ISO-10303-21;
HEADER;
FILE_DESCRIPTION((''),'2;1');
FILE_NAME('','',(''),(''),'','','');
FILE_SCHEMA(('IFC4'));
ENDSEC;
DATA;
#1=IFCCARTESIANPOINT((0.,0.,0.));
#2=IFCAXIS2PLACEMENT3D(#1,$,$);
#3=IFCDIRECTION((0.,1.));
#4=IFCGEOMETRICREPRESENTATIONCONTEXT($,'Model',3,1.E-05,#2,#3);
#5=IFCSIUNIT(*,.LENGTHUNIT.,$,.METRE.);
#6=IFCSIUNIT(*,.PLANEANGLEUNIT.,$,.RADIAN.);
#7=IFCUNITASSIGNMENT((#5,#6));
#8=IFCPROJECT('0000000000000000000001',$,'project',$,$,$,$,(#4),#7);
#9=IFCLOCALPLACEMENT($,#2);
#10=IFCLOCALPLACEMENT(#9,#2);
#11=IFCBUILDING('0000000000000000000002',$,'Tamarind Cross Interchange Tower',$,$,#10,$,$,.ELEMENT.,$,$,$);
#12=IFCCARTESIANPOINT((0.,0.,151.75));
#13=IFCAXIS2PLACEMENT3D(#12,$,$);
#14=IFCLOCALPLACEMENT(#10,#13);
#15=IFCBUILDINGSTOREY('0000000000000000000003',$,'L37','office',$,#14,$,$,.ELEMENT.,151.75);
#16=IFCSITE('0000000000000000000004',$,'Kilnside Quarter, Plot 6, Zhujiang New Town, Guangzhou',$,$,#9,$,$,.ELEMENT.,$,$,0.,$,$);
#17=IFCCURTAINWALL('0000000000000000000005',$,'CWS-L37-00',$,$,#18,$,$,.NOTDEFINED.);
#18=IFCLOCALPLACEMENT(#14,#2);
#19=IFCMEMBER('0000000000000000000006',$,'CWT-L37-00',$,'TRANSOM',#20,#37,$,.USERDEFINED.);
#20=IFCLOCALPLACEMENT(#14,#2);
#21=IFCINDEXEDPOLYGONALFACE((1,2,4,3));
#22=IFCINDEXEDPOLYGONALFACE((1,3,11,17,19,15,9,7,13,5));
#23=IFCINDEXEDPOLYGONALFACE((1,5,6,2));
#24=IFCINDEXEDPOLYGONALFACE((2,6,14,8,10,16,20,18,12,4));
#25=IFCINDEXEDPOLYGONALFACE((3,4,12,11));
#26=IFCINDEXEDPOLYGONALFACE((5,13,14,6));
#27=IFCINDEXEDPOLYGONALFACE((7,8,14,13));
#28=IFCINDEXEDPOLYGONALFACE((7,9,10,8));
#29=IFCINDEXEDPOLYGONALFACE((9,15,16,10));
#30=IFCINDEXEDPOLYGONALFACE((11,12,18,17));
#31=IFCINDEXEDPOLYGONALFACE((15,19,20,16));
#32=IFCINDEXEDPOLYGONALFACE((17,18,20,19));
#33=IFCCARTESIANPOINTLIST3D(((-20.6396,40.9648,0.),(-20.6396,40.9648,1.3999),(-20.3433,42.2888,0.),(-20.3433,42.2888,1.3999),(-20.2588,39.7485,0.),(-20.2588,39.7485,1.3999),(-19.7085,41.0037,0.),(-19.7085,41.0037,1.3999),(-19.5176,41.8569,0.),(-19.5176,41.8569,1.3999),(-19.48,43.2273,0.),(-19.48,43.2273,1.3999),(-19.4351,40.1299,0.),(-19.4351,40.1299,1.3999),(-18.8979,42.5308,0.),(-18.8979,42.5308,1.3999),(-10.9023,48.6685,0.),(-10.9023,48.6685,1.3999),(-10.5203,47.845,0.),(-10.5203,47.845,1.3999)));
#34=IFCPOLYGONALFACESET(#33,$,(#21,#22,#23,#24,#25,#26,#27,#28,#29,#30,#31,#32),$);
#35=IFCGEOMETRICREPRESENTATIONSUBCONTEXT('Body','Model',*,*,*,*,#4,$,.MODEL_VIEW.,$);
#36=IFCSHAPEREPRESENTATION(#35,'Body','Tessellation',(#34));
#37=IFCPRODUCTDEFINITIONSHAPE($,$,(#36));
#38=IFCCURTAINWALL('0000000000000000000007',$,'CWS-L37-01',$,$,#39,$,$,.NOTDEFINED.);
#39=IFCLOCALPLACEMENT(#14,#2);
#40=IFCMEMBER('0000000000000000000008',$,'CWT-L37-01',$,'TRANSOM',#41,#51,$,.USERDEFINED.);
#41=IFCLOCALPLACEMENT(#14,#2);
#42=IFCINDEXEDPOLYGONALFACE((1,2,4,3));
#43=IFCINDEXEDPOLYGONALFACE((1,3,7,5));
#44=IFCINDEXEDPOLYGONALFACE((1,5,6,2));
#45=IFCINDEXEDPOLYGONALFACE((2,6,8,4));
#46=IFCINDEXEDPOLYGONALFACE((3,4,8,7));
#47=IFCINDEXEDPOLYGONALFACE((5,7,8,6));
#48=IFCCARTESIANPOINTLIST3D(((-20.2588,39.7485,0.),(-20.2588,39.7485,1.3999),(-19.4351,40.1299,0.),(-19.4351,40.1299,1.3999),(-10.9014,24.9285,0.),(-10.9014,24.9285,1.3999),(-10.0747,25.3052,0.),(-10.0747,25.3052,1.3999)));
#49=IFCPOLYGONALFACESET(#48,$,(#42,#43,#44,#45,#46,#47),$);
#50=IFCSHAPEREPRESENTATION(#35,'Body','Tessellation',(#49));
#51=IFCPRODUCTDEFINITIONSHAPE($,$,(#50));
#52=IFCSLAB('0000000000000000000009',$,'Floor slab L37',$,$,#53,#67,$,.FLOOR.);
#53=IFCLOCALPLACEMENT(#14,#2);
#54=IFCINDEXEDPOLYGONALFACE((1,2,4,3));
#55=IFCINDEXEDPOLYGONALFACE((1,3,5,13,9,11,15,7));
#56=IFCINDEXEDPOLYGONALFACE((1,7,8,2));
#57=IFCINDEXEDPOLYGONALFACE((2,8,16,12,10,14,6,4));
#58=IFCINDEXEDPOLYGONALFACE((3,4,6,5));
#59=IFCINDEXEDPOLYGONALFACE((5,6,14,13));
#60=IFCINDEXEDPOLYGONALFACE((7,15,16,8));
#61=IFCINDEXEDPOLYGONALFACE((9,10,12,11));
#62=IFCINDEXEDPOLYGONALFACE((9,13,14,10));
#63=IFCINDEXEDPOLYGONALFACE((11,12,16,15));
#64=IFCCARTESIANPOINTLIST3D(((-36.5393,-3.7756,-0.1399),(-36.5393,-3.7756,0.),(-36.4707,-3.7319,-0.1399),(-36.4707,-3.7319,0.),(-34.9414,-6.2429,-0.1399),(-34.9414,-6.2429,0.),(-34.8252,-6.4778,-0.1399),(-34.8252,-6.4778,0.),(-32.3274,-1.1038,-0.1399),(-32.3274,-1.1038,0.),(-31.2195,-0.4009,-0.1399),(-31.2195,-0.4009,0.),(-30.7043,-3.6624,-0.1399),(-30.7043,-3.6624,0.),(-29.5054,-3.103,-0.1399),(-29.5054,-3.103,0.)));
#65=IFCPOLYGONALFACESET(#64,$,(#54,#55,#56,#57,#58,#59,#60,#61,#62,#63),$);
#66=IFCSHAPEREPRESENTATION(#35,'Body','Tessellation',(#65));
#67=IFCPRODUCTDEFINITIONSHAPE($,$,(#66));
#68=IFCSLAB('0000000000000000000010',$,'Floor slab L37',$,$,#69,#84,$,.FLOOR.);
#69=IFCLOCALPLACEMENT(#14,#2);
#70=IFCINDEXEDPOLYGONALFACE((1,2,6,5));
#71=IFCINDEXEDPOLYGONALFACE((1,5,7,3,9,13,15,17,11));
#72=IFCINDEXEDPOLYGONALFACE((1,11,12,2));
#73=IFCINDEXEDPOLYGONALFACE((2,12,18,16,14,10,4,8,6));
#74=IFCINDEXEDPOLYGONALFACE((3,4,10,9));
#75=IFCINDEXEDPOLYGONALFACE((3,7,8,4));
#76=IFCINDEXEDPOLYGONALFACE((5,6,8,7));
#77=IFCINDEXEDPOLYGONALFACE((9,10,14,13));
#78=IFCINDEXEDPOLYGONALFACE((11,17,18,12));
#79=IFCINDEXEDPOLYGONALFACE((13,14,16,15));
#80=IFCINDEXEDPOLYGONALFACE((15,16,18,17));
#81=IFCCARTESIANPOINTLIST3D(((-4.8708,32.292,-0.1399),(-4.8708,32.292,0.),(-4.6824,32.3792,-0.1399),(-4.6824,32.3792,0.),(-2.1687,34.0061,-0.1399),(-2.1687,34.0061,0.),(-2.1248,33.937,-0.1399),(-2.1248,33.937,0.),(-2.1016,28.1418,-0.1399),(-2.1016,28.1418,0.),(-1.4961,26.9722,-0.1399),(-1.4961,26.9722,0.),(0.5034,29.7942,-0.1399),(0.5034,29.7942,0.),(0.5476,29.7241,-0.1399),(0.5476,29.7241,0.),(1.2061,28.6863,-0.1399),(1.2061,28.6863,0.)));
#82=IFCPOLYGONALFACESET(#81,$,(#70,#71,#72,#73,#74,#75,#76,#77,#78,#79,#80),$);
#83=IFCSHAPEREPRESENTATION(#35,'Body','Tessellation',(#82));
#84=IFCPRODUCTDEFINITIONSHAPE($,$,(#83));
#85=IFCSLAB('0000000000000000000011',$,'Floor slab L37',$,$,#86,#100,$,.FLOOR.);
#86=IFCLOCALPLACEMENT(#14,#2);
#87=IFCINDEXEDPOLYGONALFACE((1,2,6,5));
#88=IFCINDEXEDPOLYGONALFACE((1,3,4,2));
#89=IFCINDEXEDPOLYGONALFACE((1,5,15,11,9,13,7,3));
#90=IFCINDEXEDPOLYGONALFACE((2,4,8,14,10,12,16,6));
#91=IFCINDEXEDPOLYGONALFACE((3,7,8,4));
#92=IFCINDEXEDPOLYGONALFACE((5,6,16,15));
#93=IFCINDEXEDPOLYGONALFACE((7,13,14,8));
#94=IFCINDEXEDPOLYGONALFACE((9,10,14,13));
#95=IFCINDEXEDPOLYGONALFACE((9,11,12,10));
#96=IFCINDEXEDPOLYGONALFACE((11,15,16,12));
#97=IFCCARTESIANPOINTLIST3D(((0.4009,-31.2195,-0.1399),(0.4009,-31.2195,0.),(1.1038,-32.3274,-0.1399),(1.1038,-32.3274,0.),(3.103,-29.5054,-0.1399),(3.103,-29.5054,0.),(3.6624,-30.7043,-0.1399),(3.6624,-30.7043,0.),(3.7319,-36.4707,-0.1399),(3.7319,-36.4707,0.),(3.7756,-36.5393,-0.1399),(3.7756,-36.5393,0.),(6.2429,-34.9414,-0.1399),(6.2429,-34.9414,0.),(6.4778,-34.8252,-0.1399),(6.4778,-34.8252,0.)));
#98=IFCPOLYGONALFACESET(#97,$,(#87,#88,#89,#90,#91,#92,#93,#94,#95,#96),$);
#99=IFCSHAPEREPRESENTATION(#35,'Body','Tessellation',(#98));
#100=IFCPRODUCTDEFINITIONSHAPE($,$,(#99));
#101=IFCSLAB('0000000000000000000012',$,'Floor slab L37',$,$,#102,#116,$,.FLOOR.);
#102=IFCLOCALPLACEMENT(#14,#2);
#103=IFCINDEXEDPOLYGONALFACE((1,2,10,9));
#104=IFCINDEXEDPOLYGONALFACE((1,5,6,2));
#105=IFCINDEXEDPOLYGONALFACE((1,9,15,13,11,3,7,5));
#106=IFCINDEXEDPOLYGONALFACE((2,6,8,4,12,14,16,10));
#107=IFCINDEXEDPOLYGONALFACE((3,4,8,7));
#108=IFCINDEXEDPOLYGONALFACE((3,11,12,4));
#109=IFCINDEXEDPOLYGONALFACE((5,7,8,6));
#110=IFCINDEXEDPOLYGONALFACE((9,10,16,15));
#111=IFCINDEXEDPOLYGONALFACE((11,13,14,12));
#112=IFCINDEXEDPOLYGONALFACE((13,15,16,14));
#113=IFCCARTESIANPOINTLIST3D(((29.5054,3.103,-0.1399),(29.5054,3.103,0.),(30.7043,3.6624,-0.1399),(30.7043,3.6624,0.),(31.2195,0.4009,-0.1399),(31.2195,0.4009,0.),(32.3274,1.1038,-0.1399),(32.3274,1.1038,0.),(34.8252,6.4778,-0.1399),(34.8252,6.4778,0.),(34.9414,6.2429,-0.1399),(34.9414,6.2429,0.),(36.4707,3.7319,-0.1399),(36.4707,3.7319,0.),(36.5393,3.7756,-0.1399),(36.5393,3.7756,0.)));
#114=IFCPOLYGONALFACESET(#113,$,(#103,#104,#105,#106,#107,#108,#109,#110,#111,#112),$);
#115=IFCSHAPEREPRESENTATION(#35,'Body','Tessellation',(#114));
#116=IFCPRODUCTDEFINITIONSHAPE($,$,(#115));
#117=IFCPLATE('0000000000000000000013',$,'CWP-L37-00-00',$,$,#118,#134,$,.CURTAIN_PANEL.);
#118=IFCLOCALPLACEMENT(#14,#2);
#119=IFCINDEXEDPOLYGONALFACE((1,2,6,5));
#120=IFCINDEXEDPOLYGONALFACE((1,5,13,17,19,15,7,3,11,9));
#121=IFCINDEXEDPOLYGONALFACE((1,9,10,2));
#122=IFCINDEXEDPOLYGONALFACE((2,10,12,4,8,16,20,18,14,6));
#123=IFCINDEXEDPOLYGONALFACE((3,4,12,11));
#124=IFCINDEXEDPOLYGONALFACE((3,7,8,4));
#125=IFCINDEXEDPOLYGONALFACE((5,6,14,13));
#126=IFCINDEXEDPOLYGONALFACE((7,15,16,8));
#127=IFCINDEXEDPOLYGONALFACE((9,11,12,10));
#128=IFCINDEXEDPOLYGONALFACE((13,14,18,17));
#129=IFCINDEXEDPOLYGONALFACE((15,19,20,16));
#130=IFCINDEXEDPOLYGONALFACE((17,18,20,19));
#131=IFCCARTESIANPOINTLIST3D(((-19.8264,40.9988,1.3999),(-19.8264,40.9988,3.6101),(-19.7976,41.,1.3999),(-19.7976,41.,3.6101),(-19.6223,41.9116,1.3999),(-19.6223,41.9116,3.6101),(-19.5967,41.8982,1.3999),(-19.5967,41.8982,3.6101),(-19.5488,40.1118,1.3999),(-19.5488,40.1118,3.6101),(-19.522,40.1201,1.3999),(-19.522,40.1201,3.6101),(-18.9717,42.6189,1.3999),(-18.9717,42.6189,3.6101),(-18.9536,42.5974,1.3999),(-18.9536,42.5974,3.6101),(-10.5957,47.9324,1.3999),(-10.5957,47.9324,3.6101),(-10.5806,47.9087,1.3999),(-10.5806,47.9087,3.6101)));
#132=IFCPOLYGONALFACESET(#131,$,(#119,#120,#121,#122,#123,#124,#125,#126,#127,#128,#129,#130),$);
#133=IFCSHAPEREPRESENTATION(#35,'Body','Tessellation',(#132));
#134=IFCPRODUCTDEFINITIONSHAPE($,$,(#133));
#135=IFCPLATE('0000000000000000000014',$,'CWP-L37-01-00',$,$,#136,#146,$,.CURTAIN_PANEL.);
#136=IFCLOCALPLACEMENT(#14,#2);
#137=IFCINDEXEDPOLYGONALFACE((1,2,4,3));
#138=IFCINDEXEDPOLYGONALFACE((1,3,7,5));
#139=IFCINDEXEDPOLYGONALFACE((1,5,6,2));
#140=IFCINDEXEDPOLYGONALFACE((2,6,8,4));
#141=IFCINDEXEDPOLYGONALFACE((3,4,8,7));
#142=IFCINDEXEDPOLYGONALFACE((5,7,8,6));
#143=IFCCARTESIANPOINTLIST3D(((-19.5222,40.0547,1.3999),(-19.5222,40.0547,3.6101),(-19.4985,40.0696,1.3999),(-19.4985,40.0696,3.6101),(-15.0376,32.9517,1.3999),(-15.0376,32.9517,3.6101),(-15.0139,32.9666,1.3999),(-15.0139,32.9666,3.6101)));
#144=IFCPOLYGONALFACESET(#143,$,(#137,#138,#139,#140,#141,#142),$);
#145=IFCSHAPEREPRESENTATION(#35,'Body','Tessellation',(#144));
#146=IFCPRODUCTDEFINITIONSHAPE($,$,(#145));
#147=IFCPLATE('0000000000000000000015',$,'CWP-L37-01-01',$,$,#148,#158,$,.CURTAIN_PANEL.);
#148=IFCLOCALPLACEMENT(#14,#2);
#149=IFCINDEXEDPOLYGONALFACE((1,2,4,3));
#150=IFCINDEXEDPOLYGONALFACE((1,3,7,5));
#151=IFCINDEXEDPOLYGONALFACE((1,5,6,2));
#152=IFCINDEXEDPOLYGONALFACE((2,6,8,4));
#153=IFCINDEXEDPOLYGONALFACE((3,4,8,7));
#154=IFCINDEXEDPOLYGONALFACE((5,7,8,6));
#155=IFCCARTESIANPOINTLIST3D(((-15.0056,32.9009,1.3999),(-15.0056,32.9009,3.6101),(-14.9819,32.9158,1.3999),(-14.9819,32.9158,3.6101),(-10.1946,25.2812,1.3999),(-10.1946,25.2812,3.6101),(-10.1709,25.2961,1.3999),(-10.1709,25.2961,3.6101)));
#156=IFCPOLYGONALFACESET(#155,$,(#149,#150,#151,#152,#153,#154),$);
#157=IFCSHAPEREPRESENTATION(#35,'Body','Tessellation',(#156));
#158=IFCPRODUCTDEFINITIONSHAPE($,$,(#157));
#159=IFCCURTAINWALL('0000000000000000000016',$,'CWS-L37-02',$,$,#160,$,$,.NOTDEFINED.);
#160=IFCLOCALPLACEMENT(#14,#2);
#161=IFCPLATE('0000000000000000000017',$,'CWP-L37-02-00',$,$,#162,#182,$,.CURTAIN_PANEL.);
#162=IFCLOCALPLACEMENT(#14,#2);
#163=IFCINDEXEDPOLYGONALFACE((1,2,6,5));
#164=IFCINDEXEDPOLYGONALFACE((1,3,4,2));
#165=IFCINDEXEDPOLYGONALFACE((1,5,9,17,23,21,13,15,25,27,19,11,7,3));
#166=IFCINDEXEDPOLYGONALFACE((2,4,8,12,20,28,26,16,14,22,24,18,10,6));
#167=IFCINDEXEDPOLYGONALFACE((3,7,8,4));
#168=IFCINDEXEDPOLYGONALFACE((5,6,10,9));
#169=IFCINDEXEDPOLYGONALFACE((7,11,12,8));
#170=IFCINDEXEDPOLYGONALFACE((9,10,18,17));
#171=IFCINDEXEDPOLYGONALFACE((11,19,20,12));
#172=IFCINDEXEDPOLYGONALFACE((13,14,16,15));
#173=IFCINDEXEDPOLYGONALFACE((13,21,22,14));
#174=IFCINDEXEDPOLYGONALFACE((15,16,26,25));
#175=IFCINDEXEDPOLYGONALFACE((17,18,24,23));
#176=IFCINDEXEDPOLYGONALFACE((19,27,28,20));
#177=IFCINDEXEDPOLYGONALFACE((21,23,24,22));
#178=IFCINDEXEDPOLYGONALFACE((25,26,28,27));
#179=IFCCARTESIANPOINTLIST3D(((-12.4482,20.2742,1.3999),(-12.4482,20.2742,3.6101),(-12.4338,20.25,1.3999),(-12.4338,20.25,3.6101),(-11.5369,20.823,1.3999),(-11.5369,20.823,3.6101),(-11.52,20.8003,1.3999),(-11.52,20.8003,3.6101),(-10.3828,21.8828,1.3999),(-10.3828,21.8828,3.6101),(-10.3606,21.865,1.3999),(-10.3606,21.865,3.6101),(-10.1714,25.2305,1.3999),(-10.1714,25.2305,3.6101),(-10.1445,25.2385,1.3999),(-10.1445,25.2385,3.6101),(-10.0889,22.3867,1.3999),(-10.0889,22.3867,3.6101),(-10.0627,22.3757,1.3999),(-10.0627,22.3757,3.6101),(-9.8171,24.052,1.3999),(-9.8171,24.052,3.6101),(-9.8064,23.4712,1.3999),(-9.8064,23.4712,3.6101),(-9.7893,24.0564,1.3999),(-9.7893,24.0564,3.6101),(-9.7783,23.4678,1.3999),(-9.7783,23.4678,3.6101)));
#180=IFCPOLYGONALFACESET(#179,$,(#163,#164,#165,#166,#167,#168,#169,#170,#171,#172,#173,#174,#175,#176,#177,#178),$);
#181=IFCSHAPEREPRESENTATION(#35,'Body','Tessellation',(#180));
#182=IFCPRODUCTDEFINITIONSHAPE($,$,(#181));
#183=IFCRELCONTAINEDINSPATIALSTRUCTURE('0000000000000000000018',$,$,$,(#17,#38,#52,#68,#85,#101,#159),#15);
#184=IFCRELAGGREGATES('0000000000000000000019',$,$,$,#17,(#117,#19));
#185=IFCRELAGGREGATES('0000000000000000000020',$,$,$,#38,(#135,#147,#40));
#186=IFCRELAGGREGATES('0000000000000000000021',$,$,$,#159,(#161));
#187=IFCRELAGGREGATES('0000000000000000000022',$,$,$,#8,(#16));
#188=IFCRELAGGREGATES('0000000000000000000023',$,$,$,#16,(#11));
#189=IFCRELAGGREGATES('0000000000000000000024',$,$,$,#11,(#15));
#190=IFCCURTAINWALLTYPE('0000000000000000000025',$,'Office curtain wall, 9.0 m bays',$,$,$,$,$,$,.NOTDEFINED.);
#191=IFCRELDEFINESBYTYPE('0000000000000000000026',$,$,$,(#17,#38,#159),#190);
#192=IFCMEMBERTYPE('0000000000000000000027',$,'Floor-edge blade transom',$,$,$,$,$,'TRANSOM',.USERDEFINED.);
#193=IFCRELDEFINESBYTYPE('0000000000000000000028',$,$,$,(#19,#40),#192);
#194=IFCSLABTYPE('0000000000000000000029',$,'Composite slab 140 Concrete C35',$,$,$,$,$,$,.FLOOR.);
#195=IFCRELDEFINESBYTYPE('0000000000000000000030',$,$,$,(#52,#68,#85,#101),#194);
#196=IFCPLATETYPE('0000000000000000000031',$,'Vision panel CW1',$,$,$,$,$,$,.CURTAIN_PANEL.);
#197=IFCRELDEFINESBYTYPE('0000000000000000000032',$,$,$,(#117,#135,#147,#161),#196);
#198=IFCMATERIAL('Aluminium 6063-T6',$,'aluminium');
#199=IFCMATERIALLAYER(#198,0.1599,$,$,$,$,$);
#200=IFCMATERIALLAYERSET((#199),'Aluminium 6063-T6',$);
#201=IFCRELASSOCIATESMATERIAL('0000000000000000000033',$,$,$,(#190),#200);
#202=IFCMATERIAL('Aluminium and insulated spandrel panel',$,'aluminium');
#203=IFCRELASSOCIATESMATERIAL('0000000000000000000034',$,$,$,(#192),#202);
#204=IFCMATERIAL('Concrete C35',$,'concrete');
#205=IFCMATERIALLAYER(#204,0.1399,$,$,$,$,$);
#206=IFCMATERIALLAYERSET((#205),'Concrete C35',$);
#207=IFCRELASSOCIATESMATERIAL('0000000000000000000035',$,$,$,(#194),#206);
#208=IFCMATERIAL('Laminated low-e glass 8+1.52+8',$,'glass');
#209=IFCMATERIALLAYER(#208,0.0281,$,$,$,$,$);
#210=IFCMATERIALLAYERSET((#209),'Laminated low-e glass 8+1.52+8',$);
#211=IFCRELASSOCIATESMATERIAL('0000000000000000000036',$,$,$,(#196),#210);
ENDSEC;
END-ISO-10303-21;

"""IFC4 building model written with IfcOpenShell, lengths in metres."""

from ifc_helpers import new_model, si_unit, direction, frame, origin, place, context, subcontext, project, spatial, polyline, outline, extrude, material, layer, layer_set, type_object, element, aggregate, save


model = new_model("IFC4")

# Units and contexts
model_context = context("Model", 3, precision=1e-05, world=origin(), true_north=direction((0.0, 1.0)))
body_context = subcontext(model_context, "Body", "Model", "MODEL_VIEW")
ifc_project = project(units=[si_unit("LENGTHUNIT", "METRE"), si_unit("PLANEANGLEUNIT", "RADIAN")], contexts=[model_context])

# Site, building, storey
site_placement = place(None, origin())
site = spatial("IfcSite", under=ifc_project, at=site_placement, Name="Kilnside Quarter, Plot 6, Zhujiang New Town, Guangzhou", CompositionType="ELEMENT", RefElevation=0.0)
building_placement = place(site_placement, origin())
building = spatial("IfcBuilding", under=site, at=building_placement, Name="Tamarind Cross Interchange Tower", CompositionType="ELEMENT")
storey_placement = place(building_placement, frame((0.0, 0.0, 151.75)))
storey = spatial("IfcBuildingStorey", under=building, at=storey_placement, Name="L37", Description="office", CompositionType="ELEMENT", Elevation=151.75)

# Curtain walls, members
ifc_material_1 = material(Name="Aluminium 6063-T6", Category="aluminium")
ifc_layer_1 = layer(ifc_material_1, 0.1599)
ifc_layer_set_1 = layer_set([ifc_layer_1], Name="Aluminium 6063-T6")
curtain_wall_type = type_object("IfcCurtainWallType", Name="Office curtain wall, 9.0 m bays", PredefinedType="NOTDEFINED", material=ifc_layer_set_1)
curtain_wall_1_placement = place(storey_placement, origin())
curtain_wall_1 = element("IfcCurtainWall", 1, at=curtain_wall_1_placement, inside=storey, type_object=curtain_wall_type, Name="CWS-L37-00", PredefinedType="NOTDEFINED")
ifc_material_2 = material(Name="Aluminium and insulated spandrel panel", Category="aluminium")
member_type = type_object("IfcMemberType", Name="Floor-edge blade transom", ElementType="TRANSOM", PredefinedType="USERDEFINED", material=ifc_material_2)
member_1_placement = place(storey_placement, origin())
member_1 = element("IfcMember", 2, at=member_1_placement, type_object=member_type, Name="CWT-L37-00", ObjectType="TRANSOM", PredefinedType="USERDEFINED", context=body_context, shape_type="SweptSolid", body=[
    extrude(outline(polyline([(-10.5203, 47.845), (-18.8979, 42.5308), (-19.5176, 41.8569), (-19.7085, 41.0037), (-19.4351, 40.1299), (-20.2588, 39.7485), (-20.6396, 40.9648), (-20.3433, 42.2888), (-19.48, 43.2273), (-10.9023, 48.6685), (-10.5203, 47.845)])), origin(), (0.0, 0.0, 1.0), 1.3999),
])
curtain_wall_2_placement = place(storey_placement, origin())
curtain_wall_2 = element("IfcCurtainWall", 3, at=curtain_wall_2_placement, inside=storey, type_object=curtain_wall_type, Name="CWS-L37-01", PredefinedType="NOTDEFINED")
member_2_placement = place(storey_placement, origin())
member_2 = element("IfcMember", 4, at=member_2_placement, type_object=member_type, Name="CWT-L37-01", ObjectType="TRANSOM", PredefinedType="USERDEFINED", context=body_context, shape_type="SweptSolid", body=[
    extrude(outline(polyline([(-19.4351, 40.1299), (-10.0747, 25.3052), (-10.9014, 24.9285), (-20.2588, 39.7485), (-19.4351, 40.1299)])), origin(), (0.0, 0.0, 1.0), 1.3999),
])

# Slabs
ifc_material_3 = material(Name="Concrete C35", Category="concrete")
ifc_layer_2 = layer(ifc_material_3, 0.1399)
ifc_layer_set_2 = layer_set([ifc_layer_2], Name="Concrete C35")
slab_type = type_object("IfcSlabType", Name="Composite slab 140 Concrete C35", PredefinedType="FLOOR", material=ifc_layer_set_2)
slab_1_placement = place(storey_placement, frame((0.0, 0.0, -0.1399)))
element("IfcSlab", 5, at=slab_1_placement, inside=storey, type_object=slab_type, Name="Floor slab L37", PredefinedType="FLOOR", context=body_context, shape_type="SweptSolid", body=[
    extrude(outline(polyline([(-36.5393, -3.7756), (-34.8252, -6.4778), (-29.5054, -3.103), (-31.2195, -0.4009), (-32.3274, -1.1038), (-30.7043, -3.6624), (-34.9414, -6.2429), (-36.4707, -3.7319), (-36.5393, -3.7756)])), origin(), (0.0, 0.0, 1.0), 0.1399),
])
slab_2_placement = place(storey_placement, frame((0.0, 0.0, -0.1399)))
element("IfcSlab", 6, at=slab_2_placement, inside=storey, type_object=slab_type, Name="Floor slab L37", PredefinedType="FLOOR", context=body_context, shape_type="SweptSolid", body=[
    extrude(outline(polyline([(-4.6824, 32.3792), (-2.1248, 33.937), (-2.1687, 34.0061), (-4.8708, 32.292), (-1.4961, 26.9722), (1.2061, 28.6863), (0.5476, 29.7241), (0.5034, 29.7942), (-2.1016, 28.1418), (-4.6824, 32.3792)])), origin(), (0.0, 0.0, 1.0), 0.1399),
])
slab_3_placement = place(storey_placement, frame((0.0, 0.0, -0.1399)))
element("IfcSlab", 7, at=slab_3_placement, inside=storey, type_object=slab_type, Name="Floor slab L37", PredefinedType="FLOOR", context=body_context, shape_type="SweptSolid", body=[
    extrude(outline(polyline([(3.7756, -36.5393), (6.4778, -34.8252), (3.103, -29.5054), (0.4009, -31.2195), (1.1038, -32.3274), (3.6624, -30.7043), (6.2429, -34.9414), (3.7319, -36.4707), (3.7756, -36.5393)])), origin(), (0.0, 0.0, 1.0), 0.1399),
])
slab_4_placement = place(storey_placement, frame((0.0, 0.0, -0.1399)))
element("IfcSlab", 8, at=slab_4_placement, inside=storey, type_object=slab_type, Name="Floor slab L37", PredefinedType="FLOOR", context=body_context, shape_type="SweptSolid", body=[
    extrude(outline(polyline([(36.5393, 3.7756), (34.8252, 6.4778), (29.5054, 3.103), (31.2195, 0.4009), (32.3274, 1.1038), (30.7043, 3.6624), (34.9414, 6.2429), (36.4707, 3.7319), (36.5393, 3.7756)])), origin(), (0.0, 0.0, 1.0), 0.1399),
])

# Plates
ifc_material_4 = material(Name="Laminated low-e glass 8+1.52+8", Category="glass")
ifc_layer_3 = layer(ifc_material_4, 0.0281)
ifc_layer_set_3 = layer_set([ifc_layer_3], Name="Laminated low-e glass 8+1.52+8")
plate_type = type_object("IfcPlateType", Name="Vision panel CW1", PredefinedType="CURTAIN_PANEL", material=ifc_layer_set_3)
plate_1_placement = place(storey_placement, frame((0.0, 0.0, 1.3999)))
plate_1 = element("IfcPlate", 9, at=plate_1_placement, type_object=plate_type, Name="CWP-L37-00-00", PredefinedType="CURTAIN_PANEL", context=body_context, shape_type="SweptSolid", body=[
    extrude(outline(polyline([(-10.5806, 47.9087), (-18.9536, 42.5974), (-19.5967, 41.8982), (-19.7976, 41.0), (-19.522, 40.1201), (-19.5488, 40.1118), (-19.8264, 40.9988), (-19.6223, 41.9116), (-18.9717, 42.6189), (-10.5957, 47.9324), (-10.5806, 47.9087)])), origin(), (0.0, 0.0, 1.0), 2.2102),
])
aggregate(curtain_wall_1, [plate_1, member_1])
plate_2_placement = place(storey_placement, frame((0.0, 0.0, 1.3999)))
plate_2 = element("IfcPlate", 10, at=plate_2_placement, type_object=plate_type, Name="CWP-L37-01-00", PredefinedType="CURTAIN_PANEL", context=body_context, shape_type="SweptSolid", body=[
    extrude(outline(polyline([(-19.4985, 40.0696), (-15.0139, 32.9666), (-15.0376, 32.9517), (-19.5222, 40.0547), (-19.4985, 40.0696)])), origin(), (0.0, 0.0, 1.0), 2.2102),
])
plate_3_placement = place(storey_placement, frame((0.0, 0.0, 1.3999)))
plate_3 = element("IfcPlate", 11, at=plate_3_placement, type_object=plate_type, Name="CWP-L37-01-01", PredefinedType="CURTAIN_PANEL", context=body_context, shape_type="SweptSolid", body=[
    extrude(outline(polyline([(-14.9819, 32.9158), (-10.1709, 25.2961), (-10.1946, 25.2812), (-15.0056, 32.9009), (-14.9819, 32.9158)])), origin(), (0.0, 0.0, 1.0), 2.2102),
])
aggregate(curtain_wall_2, [plate_2, plate_3, member_2])

# Curtain wall, plate
curtain_wall_3_placement = place(storey_placement, origin())
curtain_wall_3 = element("IfcCurtainWall", 12, at=curtain_wall_3_placement, inside=storey, type_object=curtain_wall_type, Name="CWS-L37-02", PredefinedType="NOTDEFINED")
plate_4_placement = place(storey_placement, frame((0.0, 0.0, 1.3999)))
plate_4 = element("IfcPlate", 13, at=plate_4_placement, type_object=plate_type, Name="CWP-L37-02-00", PredefinedType="CURTAIN_PANEL", context=body_context, shape_type="SweptSolid", body=[
    extrude(outline(polyline([(-10.1445, 25.2385), (-9.7893, 24.0564), (-9.7783, 23.4678), (-10.0627, 22.3757), (-10.3606, 21.865), (-11.52, 20.8003), (-12.4338, 20.25), (-12.4482, 20.2742), (-11.5369, 20.823), (-10.3828, 21.8828), (-10.0889, 22.3867), (-9.8064, 23.4712), (-9.8171, 24.052), (-10.1714, 25.2305), (-10.1445, 25.2385)])), origin(), (0.0, 0.0, 1.0), 2.2102),
])
aggregate(curtain_wall_3, [plate_4])

save(model, "model.ifc")
